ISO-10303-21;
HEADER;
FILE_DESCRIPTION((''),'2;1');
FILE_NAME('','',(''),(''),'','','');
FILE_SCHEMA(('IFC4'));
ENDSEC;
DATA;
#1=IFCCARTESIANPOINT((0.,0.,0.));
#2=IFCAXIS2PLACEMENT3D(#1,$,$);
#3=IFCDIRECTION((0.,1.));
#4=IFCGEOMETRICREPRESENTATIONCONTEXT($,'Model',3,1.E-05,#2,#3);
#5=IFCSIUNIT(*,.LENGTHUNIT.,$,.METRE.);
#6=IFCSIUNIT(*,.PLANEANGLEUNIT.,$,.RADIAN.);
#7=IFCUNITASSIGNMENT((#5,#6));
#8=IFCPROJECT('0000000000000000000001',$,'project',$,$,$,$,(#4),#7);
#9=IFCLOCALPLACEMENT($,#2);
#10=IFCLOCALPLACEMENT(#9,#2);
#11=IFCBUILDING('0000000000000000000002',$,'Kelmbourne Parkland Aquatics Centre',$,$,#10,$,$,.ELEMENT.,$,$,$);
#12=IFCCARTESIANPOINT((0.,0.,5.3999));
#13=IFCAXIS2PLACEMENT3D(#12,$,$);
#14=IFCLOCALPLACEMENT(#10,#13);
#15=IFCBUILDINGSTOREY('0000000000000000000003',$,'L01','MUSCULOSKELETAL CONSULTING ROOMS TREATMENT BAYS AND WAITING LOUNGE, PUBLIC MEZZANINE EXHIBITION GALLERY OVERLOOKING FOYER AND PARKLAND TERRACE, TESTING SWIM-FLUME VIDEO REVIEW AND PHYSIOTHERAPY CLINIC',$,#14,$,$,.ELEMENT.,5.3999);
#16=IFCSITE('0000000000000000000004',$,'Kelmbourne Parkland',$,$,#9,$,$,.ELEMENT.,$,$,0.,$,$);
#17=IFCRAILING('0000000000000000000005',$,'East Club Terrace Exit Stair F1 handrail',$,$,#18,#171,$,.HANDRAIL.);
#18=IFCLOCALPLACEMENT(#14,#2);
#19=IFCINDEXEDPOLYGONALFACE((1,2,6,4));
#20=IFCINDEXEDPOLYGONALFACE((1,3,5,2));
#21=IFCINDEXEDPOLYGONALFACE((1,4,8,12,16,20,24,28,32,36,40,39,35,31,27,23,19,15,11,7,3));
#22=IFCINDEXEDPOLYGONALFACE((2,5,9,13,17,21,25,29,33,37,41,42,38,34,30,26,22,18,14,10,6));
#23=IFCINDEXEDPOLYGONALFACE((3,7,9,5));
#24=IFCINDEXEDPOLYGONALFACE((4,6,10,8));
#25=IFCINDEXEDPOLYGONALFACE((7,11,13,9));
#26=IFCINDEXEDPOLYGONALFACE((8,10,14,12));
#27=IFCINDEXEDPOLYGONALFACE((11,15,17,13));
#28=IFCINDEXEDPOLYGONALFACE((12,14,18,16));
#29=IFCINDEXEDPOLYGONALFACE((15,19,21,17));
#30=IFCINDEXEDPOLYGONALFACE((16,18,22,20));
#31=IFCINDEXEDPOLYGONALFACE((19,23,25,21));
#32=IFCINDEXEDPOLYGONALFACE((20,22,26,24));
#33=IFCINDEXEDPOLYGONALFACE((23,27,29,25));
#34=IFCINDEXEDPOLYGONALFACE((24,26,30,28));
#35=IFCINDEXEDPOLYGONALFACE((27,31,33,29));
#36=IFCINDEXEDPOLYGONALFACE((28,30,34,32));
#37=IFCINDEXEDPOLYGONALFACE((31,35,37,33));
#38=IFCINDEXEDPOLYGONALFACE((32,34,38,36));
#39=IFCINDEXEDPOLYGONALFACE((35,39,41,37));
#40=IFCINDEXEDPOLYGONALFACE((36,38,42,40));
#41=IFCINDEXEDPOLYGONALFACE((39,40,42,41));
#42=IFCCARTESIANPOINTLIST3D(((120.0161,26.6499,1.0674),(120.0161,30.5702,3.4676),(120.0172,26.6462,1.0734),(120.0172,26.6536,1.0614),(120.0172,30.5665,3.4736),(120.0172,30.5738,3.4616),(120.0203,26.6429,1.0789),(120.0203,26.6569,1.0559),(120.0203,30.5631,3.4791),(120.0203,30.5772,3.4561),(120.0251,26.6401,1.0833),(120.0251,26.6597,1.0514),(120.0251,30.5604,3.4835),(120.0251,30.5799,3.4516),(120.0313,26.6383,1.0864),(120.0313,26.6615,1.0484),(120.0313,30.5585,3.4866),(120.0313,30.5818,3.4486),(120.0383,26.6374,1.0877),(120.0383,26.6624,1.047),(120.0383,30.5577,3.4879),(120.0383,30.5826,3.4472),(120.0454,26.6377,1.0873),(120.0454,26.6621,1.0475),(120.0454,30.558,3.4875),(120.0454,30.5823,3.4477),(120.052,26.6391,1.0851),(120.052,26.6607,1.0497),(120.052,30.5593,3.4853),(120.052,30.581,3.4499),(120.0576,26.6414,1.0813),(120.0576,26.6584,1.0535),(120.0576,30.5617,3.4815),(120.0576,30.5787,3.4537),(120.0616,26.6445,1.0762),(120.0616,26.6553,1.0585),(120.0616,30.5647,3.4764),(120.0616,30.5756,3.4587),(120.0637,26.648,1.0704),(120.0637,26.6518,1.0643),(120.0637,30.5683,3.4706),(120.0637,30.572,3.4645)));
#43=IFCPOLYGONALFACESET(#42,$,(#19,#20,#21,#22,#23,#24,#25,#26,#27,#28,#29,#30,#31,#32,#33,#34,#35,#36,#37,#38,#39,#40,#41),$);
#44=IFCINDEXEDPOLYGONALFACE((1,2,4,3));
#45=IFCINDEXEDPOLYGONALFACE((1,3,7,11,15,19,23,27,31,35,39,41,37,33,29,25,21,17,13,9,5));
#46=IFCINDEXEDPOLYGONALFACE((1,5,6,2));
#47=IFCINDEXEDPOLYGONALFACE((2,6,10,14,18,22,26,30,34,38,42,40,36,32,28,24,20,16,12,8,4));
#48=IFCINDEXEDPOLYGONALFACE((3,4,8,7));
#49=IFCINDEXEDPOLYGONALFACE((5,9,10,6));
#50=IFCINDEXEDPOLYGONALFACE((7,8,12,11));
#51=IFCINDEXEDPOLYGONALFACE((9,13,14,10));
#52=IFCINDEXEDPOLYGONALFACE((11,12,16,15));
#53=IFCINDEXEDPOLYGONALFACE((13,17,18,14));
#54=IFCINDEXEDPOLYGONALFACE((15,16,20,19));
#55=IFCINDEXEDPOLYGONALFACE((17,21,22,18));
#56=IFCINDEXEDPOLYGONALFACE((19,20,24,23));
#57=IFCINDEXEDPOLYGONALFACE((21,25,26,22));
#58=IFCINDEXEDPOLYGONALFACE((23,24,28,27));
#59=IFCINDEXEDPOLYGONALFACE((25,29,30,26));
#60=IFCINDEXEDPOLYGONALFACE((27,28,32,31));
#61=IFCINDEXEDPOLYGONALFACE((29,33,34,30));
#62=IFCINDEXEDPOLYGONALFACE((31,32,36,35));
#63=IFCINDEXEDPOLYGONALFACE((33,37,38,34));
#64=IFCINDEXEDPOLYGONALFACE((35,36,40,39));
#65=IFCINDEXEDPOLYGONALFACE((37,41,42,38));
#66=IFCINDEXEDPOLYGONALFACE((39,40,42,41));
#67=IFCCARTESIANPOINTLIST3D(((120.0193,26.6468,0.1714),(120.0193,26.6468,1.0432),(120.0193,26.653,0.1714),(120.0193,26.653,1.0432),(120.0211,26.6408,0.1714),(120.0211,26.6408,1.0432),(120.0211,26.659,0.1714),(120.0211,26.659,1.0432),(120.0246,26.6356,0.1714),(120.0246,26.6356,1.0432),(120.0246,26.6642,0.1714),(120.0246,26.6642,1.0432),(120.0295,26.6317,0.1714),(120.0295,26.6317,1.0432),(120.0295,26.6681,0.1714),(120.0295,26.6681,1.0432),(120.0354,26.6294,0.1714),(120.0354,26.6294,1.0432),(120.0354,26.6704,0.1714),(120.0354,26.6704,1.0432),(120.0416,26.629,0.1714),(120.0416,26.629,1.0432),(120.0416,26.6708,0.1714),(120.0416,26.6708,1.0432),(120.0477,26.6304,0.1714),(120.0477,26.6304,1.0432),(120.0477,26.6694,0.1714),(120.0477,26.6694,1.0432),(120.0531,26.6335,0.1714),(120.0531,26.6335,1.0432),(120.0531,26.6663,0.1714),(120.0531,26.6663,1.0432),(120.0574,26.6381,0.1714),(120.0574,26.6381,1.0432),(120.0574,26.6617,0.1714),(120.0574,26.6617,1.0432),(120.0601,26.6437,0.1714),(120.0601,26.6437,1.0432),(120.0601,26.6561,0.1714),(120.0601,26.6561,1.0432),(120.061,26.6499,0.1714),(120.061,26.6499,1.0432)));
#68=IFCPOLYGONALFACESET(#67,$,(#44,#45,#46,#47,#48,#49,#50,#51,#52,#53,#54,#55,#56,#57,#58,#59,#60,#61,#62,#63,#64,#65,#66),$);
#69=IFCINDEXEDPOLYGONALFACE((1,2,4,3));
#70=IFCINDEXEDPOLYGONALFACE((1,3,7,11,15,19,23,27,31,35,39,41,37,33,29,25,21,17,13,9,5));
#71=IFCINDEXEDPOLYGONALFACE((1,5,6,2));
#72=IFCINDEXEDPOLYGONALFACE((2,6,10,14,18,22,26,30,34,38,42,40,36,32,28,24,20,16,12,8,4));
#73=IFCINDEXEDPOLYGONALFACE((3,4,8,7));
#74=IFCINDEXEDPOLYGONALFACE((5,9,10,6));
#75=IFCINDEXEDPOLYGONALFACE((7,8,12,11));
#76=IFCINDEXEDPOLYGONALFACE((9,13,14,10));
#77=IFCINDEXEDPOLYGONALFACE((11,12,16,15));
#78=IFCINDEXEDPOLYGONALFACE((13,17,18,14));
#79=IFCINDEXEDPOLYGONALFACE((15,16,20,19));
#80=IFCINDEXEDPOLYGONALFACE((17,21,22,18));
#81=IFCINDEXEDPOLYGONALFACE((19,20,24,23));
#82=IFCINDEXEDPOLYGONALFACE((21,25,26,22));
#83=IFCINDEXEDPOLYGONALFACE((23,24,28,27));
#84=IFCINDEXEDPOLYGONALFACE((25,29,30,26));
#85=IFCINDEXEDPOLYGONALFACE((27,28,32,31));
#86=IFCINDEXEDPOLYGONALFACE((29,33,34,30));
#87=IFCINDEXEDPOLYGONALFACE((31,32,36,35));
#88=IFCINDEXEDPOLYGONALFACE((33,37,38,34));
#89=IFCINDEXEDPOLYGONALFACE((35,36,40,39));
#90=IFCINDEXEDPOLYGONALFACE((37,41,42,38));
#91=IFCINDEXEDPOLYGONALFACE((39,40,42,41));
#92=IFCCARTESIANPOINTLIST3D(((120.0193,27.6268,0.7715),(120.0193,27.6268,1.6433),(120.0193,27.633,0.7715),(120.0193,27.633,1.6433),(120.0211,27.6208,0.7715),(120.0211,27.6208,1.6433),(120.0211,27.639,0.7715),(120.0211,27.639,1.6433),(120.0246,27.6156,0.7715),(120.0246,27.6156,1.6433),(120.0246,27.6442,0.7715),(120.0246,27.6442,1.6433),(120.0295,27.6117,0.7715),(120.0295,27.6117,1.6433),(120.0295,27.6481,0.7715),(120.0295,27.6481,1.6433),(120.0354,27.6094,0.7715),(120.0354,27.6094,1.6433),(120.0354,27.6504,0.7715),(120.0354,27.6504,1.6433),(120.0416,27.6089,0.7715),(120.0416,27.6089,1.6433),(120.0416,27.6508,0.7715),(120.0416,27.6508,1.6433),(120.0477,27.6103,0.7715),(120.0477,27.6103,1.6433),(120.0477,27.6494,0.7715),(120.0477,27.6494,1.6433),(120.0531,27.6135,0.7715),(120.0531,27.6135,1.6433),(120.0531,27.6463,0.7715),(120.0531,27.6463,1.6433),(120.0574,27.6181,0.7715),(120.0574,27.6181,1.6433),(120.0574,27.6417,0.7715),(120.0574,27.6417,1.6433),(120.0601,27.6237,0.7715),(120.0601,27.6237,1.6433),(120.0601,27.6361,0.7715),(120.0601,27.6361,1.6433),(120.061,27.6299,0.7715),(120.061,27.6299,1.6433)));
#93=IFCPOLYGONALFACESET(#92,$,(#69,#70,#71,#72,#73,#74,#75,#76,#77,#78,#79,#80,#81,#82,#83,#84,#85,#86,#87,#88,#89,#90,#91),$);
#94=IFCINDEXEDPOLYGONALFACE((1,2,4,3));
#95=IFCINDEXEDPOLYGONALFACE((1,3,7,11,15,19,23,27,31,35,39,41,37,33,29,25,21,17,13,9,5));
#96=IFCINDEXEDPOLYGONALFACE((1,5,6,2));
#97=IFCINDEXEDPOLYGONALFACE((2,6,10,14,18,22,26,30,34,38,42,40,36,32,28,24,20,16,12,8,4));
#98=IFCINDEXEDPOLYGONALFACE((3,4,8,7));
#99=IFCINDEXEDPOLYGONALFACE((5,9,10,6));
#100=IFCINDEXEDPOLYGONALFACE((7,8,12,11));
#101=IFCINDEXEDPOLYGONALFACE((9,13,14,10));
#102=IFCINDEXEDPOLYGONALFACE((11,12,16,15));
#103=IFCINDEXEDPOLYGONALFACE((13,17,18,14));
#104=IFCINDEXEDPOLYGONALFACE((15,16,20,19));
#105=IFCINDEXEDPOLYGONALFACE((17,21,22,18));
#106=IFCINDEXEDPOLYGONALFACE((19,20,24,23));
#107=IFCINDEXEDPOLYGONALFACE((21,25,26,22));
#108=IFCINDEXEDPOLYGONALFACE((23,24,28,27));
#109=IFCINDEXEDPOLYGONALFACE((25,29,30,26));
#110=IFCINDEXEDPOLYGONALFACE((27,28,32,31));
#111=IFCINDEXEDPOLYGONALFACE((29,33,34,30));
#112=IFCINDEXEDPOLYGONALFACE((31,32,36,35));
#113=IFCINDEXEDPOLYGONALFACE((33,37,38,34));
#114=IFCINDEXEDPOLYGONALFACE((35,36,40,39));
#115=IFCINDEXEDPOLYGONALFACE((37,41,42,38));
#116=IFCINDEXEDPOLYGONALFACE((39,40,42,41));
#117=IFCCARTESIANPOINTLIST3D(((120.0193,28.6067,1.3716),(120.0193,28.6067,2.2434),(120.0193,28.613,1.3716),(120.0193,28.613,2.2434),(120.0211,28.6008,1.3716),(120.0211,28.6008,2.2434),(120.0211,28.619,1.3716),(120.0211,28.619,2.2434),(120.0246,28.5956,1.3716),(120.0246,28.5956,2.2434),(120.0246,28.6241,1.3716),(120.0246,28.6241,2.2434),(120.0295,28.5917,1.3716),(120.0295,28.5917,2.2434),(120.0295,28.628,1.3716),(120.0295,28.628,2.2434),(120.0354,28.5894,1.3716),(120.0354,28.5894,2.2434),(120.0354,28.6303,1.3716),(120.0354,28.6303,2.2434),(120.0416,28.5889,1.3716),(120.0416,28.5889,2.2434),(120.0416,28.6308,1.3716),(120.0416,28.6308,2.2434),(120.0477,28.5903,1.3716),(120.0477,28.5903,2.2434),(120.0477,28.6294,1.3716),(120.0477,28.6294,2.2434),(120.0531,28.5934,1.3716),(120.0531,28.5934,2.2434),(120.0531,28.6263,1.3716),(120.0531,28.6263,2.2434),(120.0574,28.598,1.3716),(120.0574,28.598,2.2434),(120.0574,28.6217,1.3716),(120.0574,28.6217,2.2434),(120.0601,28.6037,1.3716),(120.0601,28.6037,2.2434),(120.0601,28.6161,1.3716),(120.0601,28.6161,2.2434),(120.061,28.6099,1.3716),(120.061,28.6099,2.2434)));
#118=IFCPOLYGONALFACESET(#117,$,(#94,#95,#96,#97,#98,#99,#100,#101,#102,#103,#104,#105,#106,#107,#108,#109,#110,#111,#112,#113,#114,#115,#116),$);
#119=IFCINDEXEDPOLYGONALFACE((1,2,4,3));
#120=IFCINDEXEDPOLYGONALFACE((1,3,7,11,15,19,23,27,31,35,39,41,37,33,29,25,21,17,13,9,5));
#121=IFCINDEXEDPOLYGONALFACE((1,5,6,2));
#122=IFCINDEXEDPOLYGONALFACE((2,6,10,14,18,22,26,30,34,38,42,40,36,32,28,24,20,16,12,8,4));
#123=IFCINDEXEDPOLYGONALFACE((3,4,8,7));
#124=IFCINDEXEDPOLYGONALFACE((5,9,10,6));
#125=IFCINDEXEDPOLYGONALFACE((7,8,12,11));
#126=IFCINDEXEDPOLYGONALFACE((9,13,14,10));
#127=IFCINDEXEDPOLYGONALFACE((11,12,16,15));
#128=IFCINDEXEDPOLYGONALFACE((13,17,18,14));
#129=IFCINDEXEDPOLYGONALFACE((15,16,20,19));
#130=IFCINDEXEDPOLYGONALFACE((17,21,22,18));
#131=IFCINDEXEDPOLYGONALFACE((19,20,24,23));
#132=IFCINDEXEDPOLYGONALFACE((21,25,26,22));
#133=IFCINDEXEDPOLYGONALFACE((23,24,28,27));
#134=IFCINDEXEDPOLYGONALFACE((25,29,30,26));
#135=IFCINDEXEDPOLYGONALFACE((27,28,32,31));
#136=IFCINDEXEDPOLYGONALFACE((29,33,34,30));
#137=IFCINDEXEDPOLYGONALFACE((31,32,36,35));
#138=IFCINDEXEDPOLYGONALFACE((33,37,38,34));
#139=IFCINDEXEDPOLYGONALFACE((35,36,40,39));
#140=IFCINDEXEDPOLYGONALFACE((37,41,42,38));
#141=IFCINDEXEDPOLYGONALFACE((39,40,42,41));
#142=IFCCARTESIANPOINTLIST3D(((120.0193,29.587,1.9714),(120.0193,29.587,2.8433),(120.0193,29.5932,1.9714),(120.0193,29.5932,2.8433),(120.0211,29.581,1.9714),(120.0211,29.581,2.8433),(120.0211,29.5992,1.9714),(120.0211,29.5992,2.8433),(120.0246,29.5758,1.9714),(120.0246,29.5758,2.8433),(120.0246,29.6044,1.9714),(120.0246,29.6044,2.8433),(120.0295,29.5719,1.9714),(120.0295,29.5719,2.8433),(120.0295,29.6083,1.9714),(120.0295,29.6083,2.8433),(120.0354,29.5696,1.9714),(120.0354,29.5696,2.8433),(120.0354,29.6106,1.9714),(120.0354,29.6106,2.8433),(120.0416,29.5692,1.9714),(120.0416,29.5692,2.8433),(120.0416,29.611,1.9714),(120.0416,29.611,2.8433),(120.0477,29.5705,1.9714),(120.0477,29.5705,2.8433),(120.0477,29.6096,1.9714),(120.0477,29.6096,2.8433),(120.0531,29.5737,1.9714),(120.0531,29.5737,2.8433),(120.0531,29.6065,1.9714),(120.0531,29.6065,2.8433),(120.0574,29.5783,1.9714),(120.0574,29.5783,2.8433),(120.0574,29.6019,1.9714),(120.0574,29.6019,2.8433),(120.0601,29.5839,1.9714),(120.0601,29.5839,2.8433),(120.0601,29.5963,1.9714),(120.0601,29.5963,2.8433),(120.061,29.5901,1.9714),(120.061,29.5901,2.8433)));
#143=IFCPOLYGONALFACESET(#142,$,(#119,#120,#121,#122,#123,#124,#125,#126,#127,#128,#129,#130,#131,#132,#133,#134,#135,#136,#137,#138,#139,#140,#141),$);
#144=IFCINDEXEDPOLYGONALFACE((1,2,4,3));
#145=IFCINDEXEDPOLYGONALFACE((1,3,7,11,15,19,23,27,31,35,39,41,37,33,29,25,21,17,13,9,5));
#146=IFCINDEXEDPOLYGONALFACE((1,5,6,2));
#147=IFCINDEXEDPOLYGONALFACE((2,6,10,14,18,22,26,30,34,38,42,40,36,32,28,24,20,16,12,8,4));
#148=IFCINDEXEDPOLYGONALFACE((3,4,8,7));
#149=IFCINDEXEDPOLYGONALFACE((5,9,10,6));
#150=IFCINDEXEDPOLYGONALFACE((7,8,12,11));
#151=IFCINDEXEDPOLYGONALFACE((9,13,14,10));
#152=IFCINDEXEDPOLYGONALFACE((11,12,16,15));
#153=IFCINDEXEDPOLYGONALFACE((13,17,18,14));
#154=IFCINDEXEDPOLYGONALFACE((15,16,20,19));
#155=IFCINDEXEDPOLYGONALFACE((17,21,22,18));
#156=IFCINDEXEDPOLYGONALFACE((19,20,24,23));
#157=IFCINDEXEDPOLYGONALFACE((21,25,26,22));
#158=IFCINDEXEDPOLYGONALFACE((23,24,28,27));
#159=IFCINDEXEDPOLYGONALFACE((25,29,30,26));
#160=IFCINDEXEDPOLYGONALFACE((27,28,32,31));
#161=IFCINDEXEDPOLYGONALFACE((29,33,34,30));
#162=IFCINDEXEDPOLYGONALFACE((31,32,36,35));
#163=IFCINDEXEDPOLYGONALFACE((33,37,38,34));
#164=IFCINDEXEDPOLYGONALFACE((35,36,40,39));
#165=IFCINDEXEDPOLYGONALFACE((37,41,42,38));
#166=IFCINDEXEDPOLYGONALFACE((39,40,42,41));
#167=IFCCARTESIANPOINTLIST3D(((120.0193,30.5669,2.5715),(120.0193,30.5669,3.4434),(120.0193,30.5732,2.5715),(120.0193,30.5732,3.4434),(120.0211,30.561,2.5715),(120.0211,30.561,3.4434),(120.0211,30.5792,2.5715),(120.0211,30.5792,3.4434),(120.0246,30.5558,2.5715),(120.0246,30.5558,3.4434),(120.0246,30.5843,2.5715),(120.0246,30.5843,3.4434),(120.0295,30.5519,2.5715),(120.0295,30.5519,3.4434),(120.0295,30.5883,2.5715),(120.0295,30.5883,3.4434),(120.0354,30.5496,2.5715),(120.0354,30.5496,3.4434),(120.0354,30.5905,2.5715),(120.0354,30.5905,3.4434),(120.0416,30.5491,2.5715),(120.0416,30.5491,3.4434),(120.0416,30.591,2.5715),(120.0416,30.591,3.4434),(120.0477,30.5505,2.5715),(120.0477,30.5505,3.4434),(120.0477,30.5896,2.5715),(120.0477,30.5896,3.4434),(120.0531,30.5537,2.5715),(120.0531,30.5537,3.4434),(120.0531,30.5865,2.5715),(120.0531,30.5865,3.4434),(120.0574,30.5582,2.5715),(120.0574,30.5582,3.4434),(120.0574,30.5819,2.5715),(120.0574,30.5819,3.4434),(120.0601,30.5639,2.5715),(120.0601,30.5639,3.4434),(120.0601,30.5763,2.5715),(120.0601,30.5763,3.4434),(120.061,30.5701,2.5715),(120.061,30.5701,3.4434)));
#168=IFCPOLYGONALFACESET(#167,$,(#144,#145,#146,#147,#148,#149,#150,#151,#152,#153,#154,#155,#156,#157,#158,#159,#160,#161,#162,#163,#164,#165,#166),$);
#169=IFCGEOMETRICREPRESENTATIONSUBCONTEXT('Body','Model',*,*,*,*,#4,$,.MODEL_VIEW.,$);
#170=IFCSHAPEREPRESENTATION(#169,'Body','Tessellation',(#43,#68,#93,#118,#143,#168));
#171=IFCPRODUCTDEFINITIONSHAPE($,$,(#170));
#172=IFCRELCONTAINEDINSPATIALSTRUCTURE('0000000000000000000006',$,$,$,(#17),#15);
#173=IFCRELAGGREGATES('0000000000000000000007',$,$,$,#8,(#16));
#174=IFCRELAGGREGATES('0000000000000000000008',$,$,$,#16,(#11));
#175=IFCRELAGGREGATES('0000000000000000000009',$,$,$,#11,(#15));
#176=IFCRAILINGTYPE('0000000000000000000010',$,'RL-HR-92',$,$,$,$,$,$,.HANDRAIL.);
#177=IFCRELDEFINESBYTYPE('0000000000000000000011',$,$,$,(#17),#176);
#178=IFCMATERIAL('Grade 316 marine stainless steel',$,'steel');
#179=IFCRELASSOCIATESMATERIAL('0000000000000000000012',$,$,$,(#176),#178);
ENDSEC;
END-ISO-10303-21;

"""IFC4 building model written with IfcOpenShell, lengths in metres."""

from ifc_helpers import new_model, si_unit, direction, frame, origin, origin_2d, place, context, subcontext, project, spatial, circle, extrude, material, type_object, element, save


model = new_model("IFC4")

# Units and contexts
model_context = context("Model", 3, precision=1e-05, world=origin(), true_north=direction((0.0, 1.0)))
body_context = subcontext(model_context, "Body", "Model", "MODEL_VIEW")
ifc_project = project(units=[si_unit("LENGTHUNIT", "METRE"), si_unit("PLANEANGLEUNIT", "RADIAN")], contexts=[model_context])

# Site, building, storey
site_placement = place(None, origin())
site = spatial("IfcSite", under=ifc_project, at=site_placement, Name="Kelmbourne Parkland", CompositionType="ELEMENT", RefElevation=0.0)
building_placement = place(site_placement, origin())
building = spatial("IfcBuilding", under=site, at=building_placement, Name="Kelmbourne Parkland Aquatics Centre", CompositionType="ELEMENT")
storey_placement = place(building_placement, frame((0.0, 0.0, 5.3999)))
storey = spatial("IfcBuildingStorey", under=building, at=storey_placement, Name="L01", Description="MUSCULOSKELETAL CONSULTING ROOMS TREATMENT BAYS AND WAITING LOUNGE, PUBLIC MEZZANINE EXHIBITION GALLERY OVERLOOKING FOYER AND PARKLAND TERRACE, TESTING SWIM-FLUME VIDEO REVIEW AND PHYSIOTHERAPY CLINIC", CompositionType="ELEMENT", Elevation=5.3999)

# Railing
ifc_material_1 = material(Name="Grade 316 marine stainless steel", Category="steel")
railing_type_1 = type_object("IfcRailingType", Name="RL-HR-92", PredefinedType="HANDRAIL", material=ifc_material_1)
railing_1_placement = place(storey_placement, frame((120.04, 26.6499, 0.1714)))
element("IfcRailing", 1, at=railing_1_placement, inside=storey, type_object=railing_type_1, Name="East Club Terrace Exit Stair F1 handrail", PredefinedType="HANDRAIL", context=body_context, shape_type="SweptSolid", body=[
    extrude(circle(Radius=0.0239, at=origin_2d()), frame((0.0, 0.0, 0.896), z_axis=(0.0, 0.852847, 0.522161), x_axis=(-1.0, 0.0, 0.0)), (0.0, 0.0, 1.0), 4.5967),
    extrude(circle(Radius=0.021, at=origin_2d()), origin(), (0.0, 0.0, 1.0), 0.8718),
    extrude(circle(Radius=0.021, at=origin_2d()), frame((0.0, 0.98, 0.6001)), (0.0, 0.0, 1.0), 0.8718),
    extrude(circle(Radius=0.021, at=origin_2d()), frame((0.0, 1.96, 1.2002)), (0.0, 0.0, 1.0), 0.8718),
    extrude(circle(Radius=0.021, at=origin_2d()), frame((0.0, 2.9402, 1.8)), (0.0, 0.0, 1.0), 0.8718),
    extrude(circle(Radius=0.021, at=origin_2d()), frame((0.0, 3.9202, 2.4001)), (0.0, 0.0, 1.0), 0.8718),
])

save(model, "model.ifc")
